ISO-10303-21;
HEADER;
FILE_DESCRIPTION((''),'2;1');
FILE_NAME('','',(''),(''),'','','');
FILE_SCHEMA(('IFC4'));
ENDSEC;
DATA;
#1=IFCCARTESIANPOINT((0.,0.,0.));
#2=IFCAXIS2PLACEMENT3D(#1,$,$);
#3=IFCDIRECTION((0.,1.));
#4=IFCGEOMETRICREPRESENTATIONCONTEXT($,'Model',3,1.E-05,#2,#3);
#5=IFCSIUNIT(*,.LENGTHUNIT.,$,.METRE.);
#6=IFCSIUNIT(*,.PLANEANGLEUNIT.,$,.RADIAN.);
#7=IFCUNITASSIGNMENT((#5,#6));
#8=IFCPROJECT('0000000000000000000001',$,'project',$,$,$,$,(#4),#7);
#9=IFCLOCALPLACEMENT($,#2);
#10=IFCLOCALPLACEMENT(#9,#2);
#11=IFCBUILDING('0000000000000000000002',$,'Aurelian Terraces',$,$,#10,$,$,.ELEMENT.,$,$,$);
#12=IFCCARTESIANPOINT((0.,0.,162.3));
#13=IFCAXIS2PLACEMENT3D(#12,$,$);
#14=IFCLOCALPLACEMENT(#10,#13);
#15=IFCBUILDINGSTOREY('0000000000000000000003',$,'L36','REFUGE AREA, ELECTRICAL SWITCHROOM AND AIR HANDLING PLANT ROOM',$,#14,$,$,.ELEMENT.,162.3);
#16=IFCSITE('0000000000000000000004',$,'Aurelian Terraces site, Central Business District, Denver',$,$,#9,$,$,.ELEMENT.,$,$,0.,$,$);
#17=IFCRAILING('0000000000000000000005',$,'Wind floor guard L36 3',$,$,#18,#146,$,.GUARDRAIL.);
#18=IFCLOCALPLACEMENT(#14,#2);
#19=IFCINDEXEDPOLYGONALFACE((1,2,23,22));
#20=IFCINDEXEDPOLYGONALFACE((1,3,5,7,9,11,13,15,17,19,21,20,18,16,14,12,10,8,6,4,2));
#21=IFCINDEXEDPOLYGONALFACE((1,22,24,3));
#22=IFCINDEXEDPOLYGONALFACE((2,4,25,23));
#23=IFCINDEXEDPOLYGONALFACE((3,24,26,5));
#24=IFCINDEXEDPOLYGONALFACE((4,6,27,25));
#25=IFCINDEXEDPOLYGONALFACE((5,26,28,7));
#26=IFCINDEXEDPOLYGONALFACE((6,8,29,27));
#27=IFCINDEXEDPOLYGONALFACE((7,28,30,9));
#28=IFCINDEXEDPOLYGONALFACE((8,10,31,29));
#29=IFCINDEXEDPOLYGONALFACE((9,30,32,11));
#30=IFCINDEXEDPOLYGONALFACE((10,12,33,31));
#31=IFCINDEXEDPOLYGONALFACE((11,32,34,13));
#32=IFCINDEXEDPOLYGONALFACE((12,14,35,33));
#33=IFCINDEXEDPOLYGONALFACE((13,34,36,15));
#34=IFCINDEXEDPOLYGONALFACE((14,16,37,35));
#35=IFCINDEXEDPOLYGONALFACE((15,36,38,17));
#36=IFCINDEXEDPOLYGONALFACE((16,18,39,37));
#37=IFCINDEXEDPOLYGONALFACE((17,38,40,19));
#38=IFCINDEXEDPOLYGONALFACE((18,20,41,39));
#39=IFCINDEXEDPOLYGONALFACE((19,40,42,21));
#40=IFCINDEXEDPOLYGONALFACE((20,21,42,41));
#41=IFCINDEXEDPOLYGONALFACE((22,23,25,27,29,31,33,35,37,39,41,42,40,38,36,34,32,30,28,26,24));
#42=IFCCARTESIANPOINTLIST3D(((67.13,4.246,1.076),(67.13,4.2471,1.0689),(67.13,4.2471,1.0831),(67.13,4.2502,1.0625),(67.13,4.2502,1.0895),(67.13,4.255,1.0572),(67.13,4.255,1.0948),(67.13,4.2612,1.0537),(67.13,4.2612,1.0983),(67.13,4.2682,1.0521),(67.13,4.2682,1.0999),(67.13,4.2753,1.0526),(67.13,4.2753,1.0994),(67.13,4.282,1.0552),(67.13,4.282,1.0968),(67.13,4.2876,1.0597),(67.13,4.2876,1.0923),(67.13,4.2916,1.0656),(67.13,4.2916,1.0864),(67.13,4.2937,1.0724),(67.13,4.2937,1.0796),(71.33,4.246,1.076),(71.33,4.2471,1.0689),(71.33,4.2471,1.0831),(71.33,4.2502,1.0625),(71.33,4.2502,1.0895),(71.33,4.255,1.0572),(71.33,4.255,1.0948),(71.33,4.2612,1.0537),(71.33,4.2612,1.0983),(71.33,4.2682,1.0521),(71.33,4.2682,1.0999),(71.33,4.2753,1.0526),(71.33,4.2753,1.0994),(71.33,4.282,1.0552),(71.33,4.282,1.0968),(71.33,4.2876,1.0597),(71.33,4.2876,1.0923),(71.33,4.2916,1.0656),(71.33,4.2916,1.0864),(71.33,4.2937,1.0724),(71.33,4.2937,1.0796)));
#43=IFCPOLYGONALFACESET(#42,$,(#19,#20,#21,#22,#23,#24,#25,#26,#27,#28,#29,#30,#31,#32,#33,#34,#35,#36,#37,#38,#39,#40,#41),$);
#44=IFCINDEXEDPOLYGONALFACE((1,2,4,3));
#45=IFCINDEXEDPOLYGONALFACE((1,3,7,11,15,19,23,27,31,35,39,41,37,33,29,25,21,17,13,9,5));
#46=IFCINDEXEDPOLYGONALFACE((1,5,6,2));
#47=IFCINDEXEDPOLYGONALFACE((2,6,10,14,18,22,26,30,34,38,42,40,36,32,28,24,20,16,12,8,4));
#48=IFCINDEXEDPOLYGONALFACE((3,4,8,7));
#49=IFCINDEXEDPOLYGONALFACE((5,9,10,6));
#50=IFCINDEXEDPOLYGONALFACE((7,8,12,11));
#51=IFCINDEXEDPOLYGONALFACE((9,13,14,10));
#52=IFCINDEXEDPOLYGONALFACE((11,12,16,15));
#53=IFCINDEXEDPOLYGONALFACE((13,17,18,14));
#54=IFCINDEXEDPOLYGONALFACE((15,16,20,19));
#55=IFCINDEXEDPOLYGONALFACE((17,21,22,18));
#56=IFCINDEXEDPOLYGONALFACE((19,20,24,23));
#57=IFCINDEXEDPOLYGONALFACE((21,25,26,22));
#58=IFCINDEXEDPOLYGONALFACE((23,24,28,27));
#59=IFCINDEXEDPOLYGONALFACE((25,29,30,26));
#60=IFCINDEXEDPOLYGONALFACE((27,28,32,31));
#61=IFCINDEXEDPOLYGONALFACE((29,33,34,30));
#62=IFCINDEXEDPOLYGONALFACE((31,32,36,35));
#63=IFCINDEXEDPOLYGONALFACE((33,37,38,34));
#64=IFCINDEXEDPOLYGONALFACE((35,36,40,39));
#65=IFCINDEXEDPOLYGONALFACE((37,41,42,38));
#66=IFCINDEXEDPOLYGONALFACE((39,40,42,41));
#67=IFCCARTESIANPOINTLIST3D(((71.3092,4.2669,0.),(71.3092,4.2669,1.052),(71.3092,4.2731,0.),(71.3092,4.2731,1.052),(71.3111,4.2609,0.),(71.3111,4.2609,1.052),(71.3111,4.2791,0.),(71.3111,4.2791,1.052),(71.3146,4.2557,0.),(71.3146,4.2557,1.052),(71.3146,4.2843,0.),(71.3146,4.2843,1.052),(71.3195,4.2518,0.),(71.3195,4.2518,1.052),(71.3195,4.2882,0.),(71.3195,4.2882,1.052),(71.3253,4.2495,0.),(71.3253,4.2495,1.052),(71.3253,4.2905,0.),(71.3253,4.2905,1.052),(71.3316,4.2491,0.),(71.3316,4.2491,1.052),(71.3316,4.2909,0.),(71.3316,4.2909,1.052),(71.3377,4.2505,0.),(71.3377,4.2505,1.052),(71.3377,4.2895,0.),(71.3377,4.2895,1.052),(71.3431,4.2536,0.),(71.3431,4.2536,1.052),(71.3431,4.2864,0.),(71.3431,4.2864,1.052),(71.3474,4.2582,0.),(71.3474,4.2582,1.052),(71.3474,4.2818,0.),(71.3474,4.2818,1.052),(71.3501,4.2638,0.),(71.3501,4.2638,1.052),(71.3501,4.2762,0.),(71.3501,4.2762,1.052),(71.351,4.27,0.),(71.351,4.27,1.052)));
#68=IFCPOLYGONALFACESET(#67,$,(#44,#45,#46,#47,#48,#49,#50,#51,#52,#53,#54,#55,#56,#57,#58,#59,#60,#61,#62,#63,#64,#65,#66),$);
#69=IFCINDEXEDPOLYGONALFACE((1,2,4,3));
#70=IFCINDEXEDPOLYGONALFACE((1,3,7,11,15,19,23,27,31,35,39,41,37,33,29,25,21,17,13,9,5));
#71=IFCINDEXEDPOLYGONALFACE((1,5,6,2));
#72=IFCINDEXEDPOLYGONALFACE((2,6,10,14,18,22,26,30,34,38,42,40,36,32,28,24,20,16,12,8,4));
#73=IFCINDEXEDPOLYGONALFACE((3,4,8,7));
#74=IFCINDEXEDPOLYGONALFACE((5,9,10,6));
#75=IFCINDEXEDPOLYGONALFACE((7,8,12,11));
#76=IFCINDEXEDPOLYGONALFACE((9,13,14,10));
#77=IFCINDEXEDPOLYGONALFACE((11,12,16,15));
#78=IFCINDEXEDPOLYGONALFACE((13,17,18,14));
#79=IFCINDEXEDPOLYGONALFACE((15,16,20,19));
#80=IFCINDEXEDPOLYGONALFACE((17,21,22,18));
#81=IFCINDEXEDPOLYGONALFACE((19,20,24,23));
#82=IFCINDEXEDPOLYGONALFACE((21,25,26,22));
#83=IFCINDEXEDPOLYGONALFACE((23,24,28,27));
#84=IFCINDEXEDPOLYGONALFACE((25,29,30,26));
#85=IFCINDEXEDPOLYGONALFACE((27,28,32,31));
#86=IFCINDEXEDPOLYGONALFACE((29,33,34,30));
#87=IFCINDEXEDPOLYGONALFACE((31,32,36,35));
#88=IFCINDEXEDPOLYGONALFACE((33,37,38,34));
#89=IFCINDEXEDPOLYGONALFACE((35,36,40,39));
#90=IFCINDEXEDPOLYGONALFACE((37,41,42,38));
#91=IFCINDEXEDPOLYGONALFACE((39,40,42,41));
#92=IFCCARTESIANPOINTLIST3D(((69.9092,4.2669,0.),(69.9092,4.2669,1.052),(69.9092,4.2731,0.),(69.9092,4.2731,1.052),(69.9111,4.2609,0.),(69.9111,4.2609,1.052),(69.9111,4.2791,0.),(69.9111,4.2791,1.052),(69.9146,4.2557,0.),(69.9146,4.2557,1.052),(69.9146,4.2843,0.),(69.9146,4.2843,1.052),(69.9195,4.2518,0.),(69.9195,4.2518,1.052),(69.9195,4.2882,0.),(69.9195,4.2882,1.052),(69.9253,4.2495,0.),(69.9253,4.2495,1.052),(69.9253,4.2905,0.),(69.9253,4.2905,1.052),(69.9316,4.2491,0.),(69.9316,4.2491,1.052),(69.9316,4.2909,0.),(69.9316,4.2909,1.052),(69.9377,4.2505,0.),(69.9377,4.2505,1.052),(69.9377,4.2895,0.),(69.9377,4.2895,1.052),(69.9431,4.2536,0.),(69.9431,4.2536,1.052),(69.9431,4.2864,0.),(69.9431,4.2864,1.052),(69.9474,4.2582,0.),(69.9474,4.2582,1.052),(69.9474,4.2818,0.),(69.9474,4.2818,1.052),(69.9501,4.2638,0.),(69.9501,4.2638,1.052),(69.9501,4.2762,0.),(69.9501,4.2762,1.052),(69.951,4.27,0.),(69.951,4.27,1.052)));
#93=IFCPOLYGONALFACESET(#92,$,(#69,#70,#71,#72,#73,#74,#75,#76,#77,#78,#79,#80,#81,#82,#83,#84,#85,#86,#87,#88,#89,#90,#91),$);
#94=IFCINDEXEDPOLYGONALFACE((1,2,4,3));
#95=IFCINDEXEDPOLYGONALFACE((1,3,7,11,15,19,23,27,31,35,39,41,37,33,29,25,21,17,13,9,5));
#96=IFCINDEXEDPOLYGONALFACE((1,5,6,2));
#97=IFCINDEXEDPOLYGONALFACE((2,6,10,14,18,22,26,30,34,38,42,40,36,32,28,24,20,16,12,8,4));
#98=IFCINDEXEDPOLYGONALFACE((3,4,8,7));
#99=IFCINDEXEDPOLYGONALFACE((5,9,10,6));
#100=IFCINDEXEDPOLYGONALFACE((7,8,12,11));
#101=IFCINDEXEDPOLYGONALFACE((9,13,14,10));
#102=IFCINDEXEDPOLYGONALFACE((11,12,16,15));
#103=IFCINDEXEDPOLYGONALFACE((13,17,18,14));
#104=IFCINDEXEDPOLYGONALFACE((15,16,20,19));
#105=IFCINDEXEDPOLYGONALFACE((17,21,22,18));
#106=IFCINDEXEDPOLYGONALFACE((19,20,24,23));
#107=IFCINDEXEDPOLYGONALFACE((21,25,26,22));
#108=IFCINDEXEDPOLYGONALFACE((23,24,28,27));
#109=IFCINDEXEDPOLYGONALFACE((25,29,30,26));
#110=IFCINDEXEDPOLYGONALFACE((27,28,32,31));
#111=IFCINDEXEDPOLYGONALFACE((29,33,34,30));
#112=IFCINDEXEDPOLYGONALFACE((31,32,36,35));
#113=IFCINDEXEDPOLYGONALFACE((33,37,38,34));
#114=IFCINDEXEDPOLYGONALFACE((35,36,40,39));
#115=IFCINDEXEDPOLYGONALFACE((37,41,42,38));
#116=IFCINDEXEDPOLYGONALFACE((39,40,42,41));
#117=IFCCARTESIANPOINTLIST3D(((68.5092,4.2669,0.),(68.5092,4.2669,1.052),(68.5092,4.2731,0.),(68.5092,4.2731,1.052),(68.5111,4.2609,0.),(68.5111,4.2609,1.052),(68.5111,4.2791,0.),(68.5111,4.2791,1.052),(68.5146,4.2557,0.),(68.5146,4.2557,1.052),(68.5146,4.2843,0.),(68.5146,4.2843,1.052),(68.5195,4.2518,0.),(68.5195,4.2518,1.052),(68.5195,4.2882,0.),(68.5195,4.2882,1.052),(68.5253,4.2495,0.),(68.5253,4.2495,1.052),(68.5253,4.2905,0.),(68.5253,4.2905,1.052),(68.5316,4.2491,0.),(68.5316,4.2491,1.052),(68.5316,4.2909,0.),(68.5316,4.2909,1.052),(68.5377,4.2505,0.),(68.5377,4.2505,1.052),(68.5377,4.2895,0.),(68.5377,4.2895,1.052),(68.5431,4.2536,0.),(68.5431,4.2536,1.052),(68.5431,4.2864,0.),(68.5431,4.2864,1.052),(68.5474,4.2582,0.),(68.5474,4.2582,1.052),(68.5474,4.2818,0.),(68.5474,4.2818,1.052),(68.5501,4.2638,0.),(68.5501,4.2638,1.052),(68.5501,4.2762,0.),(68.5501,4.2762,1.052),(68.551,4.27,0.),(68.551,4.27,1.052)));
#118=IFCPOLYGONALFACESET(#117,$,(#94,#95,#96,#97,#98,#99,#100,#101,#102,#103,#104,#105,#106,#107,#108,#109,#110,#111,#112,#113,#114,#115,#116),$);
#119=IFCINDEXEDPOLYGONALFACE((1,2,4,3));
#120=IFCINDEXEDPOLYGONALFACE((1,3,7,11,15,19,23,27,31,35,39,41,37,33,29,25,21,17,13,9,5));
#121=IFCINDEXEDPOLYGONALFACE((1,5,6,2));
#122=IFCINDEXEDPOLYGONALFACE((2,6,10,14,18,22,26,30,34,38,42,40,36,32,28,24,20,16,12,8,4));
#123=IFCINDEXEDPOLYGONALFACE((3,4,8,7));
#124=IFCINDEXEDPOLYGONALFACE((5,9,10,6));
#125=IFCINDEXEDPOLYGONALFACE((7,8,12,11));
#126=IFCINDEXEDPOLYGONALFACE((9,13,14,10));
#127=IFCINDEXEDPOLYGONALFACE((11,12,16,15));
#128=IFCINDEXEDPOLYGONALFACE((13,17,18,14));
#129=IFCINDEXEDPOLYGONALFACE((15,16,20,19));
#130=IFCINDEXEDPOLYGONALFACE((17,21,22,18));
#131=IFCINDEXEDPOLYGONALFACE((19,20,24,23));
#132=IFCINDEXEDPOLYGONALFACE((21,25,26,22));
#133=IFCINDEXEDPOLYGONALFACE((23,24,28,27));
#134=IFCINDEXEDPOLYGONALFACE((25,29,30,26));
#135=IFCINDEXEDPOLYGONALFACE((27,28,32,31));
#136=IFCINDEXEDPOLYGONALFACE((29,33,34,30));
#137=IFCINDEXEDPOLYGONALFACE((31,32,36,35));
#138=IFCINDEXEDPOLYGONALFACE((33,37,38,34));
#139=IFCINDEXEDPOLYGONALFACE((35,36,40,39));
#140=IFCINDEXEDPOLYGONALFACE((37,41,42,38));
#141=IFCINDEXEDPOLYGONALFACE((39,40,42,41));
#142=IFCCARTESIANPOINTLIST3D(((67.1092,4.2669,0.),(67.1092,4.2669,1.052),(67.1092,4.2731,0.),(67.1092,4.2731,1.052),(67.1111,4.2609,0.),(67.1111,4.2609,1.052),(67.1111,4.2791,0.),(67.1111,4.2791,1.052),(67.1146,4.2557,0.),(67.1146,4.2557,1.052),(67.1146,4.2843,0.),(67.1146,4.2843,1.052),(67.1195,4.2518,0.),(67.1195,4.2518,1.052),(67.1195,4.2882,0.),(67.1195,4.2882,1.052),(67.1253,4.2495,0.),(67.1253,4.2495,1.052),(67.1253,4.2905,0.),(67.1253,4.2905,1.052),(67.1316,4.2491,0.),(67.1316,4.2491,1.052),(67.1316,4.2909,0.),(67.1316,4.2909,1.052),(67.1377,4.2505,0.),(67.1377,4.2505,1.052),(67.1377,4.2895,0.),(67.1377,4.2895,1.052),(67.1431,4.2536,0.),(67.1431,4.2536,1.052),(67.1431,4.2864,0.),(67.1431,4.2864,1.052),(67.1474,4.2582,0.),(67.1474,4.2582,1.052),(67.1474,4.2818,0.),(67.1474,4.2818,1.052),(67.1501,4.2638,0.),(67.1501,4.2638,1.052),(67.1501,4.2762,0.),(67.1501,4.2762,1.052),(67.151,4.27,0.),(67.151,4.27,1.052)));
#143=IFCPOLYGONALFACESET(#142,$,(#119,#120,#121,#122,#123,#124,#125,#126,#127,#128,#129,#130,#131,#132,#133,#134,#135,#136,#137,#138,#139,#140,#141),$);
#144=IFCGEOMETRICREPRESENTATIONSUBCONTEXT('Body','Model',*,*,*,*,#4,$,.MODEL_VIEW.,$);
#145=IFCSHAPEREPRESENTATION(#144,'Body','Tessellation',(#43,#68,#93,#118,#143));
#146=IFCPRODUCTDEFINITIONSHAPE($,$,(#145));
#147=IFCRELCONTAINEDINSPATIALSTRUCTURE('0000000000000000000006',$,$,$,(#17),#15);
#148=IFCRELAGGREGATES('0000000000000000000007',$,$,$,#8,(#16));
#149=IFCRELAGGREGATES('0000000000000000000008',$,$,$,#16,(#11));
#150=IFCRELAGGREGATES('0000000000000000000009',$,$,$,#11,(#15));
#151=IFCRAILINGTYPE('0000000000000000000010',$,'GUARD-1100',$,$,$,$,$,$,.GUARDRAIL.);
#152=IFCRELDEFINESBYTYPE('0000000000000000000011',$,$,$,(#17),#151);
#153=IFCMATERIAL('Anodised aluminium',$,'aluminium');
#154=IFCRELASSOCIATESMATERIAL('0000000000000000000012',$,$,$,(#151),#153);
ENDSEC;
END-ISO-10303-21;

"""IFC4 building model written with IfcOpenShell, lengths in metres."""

from ifc_helpers import new_model, si_unit, direction, frame, origin, origin_2d, place, context, subcontext, project, spatial, circle, extrude, material, type_object, element, save


model = new_model("IFC4")

# Units and contexts
model_context = context("Model", 3, precision=1e-05, world=origin(), true_north=direction((0.0, 1.0)))
body_context = subcontext(model_context, "Body", "Model", "MODEL_VIEW")
ifc_project = project(units=[si_unit("LENGTHUNIT", "METRE"), si_unit("PLANEANGLEUNIT", "RADIAN")], contexts=[model_context])

# Site, building, storey
site_placement = place(None, origin())
site = spatial("IfcSite", under=ifc_project, at=site_placement, Name="Aurelian Terraces site, Central Business District, Denver", CompositionType="ELEMENT", RefElevation=0.0)
building_placement = place(site_placement, origin())
building = spatial("IfcBuilding", under=site, at=building_placement, Name="Aurelian Terraces", CompositionType="ELEMENT")
storey_placement = place(building_placement, frame((0.0, 0.0, 162.3)))
storey = spatial("IfcBuildingStorey", under=building, at=storey_placement, Name="L36", Description="REFUGE AREA, ELECTRICAL SWITCHROOM AND AIR HANDLING PLANT ROOM", CompositionType="ELEMENT", Elevation=162.3)

# Railing
ifc_material_1 = material(Name="Anodised aluminium", Category="aluminium")
railing_type = type_object("IfcRailingType", Name="GUARD-1100", PredefinedType="GUARDRAIL", material=ifc_material_1)
railing_1_placement = place(storey_placement, frame((71.33, 4.27, 0.0)))
element("IfcRailing", 1, at=railing_1_placement, inside=storey, type_object=railing_type, Name="Wind floor guard L36 3", PredefinedType="GUARDRAIL", context=body_context, shape_type="SweptSolid", body=[
    extrude(circle(Radius=0.024, at=origin_2d()), frame((0.0, 0.0, 1.076), z_axis=(-1.0, 0.0, 0.0), x_axis=(0.0, -1.0, 0.0)), (0.0, 0.0, 1.0), 4.2),
    extrude(circle(Radius=0.021, at=origin_2d()), origin(), (0.0, 0.0, 1.0), 1.052),
    extrude(circle(Radius=0.021, at=origin_2d()), frame((-1.4, 0.0, 0.0)), (0.0, 0.0, 1.0), 1.052),
    extrude(circle(Radius=0.021, at=origin_2d()), frame((-2.8, 0.0, 0.0)), (0.0, 0.0, 1.0), 1.052),
    extrude(circle(Radius=0.021, at=origin_2d()), frame((-4.2, 0.0, 0.0)), (0.0, 0.0, 1.0), 1.052),
])

save(model, "model.ifc")
